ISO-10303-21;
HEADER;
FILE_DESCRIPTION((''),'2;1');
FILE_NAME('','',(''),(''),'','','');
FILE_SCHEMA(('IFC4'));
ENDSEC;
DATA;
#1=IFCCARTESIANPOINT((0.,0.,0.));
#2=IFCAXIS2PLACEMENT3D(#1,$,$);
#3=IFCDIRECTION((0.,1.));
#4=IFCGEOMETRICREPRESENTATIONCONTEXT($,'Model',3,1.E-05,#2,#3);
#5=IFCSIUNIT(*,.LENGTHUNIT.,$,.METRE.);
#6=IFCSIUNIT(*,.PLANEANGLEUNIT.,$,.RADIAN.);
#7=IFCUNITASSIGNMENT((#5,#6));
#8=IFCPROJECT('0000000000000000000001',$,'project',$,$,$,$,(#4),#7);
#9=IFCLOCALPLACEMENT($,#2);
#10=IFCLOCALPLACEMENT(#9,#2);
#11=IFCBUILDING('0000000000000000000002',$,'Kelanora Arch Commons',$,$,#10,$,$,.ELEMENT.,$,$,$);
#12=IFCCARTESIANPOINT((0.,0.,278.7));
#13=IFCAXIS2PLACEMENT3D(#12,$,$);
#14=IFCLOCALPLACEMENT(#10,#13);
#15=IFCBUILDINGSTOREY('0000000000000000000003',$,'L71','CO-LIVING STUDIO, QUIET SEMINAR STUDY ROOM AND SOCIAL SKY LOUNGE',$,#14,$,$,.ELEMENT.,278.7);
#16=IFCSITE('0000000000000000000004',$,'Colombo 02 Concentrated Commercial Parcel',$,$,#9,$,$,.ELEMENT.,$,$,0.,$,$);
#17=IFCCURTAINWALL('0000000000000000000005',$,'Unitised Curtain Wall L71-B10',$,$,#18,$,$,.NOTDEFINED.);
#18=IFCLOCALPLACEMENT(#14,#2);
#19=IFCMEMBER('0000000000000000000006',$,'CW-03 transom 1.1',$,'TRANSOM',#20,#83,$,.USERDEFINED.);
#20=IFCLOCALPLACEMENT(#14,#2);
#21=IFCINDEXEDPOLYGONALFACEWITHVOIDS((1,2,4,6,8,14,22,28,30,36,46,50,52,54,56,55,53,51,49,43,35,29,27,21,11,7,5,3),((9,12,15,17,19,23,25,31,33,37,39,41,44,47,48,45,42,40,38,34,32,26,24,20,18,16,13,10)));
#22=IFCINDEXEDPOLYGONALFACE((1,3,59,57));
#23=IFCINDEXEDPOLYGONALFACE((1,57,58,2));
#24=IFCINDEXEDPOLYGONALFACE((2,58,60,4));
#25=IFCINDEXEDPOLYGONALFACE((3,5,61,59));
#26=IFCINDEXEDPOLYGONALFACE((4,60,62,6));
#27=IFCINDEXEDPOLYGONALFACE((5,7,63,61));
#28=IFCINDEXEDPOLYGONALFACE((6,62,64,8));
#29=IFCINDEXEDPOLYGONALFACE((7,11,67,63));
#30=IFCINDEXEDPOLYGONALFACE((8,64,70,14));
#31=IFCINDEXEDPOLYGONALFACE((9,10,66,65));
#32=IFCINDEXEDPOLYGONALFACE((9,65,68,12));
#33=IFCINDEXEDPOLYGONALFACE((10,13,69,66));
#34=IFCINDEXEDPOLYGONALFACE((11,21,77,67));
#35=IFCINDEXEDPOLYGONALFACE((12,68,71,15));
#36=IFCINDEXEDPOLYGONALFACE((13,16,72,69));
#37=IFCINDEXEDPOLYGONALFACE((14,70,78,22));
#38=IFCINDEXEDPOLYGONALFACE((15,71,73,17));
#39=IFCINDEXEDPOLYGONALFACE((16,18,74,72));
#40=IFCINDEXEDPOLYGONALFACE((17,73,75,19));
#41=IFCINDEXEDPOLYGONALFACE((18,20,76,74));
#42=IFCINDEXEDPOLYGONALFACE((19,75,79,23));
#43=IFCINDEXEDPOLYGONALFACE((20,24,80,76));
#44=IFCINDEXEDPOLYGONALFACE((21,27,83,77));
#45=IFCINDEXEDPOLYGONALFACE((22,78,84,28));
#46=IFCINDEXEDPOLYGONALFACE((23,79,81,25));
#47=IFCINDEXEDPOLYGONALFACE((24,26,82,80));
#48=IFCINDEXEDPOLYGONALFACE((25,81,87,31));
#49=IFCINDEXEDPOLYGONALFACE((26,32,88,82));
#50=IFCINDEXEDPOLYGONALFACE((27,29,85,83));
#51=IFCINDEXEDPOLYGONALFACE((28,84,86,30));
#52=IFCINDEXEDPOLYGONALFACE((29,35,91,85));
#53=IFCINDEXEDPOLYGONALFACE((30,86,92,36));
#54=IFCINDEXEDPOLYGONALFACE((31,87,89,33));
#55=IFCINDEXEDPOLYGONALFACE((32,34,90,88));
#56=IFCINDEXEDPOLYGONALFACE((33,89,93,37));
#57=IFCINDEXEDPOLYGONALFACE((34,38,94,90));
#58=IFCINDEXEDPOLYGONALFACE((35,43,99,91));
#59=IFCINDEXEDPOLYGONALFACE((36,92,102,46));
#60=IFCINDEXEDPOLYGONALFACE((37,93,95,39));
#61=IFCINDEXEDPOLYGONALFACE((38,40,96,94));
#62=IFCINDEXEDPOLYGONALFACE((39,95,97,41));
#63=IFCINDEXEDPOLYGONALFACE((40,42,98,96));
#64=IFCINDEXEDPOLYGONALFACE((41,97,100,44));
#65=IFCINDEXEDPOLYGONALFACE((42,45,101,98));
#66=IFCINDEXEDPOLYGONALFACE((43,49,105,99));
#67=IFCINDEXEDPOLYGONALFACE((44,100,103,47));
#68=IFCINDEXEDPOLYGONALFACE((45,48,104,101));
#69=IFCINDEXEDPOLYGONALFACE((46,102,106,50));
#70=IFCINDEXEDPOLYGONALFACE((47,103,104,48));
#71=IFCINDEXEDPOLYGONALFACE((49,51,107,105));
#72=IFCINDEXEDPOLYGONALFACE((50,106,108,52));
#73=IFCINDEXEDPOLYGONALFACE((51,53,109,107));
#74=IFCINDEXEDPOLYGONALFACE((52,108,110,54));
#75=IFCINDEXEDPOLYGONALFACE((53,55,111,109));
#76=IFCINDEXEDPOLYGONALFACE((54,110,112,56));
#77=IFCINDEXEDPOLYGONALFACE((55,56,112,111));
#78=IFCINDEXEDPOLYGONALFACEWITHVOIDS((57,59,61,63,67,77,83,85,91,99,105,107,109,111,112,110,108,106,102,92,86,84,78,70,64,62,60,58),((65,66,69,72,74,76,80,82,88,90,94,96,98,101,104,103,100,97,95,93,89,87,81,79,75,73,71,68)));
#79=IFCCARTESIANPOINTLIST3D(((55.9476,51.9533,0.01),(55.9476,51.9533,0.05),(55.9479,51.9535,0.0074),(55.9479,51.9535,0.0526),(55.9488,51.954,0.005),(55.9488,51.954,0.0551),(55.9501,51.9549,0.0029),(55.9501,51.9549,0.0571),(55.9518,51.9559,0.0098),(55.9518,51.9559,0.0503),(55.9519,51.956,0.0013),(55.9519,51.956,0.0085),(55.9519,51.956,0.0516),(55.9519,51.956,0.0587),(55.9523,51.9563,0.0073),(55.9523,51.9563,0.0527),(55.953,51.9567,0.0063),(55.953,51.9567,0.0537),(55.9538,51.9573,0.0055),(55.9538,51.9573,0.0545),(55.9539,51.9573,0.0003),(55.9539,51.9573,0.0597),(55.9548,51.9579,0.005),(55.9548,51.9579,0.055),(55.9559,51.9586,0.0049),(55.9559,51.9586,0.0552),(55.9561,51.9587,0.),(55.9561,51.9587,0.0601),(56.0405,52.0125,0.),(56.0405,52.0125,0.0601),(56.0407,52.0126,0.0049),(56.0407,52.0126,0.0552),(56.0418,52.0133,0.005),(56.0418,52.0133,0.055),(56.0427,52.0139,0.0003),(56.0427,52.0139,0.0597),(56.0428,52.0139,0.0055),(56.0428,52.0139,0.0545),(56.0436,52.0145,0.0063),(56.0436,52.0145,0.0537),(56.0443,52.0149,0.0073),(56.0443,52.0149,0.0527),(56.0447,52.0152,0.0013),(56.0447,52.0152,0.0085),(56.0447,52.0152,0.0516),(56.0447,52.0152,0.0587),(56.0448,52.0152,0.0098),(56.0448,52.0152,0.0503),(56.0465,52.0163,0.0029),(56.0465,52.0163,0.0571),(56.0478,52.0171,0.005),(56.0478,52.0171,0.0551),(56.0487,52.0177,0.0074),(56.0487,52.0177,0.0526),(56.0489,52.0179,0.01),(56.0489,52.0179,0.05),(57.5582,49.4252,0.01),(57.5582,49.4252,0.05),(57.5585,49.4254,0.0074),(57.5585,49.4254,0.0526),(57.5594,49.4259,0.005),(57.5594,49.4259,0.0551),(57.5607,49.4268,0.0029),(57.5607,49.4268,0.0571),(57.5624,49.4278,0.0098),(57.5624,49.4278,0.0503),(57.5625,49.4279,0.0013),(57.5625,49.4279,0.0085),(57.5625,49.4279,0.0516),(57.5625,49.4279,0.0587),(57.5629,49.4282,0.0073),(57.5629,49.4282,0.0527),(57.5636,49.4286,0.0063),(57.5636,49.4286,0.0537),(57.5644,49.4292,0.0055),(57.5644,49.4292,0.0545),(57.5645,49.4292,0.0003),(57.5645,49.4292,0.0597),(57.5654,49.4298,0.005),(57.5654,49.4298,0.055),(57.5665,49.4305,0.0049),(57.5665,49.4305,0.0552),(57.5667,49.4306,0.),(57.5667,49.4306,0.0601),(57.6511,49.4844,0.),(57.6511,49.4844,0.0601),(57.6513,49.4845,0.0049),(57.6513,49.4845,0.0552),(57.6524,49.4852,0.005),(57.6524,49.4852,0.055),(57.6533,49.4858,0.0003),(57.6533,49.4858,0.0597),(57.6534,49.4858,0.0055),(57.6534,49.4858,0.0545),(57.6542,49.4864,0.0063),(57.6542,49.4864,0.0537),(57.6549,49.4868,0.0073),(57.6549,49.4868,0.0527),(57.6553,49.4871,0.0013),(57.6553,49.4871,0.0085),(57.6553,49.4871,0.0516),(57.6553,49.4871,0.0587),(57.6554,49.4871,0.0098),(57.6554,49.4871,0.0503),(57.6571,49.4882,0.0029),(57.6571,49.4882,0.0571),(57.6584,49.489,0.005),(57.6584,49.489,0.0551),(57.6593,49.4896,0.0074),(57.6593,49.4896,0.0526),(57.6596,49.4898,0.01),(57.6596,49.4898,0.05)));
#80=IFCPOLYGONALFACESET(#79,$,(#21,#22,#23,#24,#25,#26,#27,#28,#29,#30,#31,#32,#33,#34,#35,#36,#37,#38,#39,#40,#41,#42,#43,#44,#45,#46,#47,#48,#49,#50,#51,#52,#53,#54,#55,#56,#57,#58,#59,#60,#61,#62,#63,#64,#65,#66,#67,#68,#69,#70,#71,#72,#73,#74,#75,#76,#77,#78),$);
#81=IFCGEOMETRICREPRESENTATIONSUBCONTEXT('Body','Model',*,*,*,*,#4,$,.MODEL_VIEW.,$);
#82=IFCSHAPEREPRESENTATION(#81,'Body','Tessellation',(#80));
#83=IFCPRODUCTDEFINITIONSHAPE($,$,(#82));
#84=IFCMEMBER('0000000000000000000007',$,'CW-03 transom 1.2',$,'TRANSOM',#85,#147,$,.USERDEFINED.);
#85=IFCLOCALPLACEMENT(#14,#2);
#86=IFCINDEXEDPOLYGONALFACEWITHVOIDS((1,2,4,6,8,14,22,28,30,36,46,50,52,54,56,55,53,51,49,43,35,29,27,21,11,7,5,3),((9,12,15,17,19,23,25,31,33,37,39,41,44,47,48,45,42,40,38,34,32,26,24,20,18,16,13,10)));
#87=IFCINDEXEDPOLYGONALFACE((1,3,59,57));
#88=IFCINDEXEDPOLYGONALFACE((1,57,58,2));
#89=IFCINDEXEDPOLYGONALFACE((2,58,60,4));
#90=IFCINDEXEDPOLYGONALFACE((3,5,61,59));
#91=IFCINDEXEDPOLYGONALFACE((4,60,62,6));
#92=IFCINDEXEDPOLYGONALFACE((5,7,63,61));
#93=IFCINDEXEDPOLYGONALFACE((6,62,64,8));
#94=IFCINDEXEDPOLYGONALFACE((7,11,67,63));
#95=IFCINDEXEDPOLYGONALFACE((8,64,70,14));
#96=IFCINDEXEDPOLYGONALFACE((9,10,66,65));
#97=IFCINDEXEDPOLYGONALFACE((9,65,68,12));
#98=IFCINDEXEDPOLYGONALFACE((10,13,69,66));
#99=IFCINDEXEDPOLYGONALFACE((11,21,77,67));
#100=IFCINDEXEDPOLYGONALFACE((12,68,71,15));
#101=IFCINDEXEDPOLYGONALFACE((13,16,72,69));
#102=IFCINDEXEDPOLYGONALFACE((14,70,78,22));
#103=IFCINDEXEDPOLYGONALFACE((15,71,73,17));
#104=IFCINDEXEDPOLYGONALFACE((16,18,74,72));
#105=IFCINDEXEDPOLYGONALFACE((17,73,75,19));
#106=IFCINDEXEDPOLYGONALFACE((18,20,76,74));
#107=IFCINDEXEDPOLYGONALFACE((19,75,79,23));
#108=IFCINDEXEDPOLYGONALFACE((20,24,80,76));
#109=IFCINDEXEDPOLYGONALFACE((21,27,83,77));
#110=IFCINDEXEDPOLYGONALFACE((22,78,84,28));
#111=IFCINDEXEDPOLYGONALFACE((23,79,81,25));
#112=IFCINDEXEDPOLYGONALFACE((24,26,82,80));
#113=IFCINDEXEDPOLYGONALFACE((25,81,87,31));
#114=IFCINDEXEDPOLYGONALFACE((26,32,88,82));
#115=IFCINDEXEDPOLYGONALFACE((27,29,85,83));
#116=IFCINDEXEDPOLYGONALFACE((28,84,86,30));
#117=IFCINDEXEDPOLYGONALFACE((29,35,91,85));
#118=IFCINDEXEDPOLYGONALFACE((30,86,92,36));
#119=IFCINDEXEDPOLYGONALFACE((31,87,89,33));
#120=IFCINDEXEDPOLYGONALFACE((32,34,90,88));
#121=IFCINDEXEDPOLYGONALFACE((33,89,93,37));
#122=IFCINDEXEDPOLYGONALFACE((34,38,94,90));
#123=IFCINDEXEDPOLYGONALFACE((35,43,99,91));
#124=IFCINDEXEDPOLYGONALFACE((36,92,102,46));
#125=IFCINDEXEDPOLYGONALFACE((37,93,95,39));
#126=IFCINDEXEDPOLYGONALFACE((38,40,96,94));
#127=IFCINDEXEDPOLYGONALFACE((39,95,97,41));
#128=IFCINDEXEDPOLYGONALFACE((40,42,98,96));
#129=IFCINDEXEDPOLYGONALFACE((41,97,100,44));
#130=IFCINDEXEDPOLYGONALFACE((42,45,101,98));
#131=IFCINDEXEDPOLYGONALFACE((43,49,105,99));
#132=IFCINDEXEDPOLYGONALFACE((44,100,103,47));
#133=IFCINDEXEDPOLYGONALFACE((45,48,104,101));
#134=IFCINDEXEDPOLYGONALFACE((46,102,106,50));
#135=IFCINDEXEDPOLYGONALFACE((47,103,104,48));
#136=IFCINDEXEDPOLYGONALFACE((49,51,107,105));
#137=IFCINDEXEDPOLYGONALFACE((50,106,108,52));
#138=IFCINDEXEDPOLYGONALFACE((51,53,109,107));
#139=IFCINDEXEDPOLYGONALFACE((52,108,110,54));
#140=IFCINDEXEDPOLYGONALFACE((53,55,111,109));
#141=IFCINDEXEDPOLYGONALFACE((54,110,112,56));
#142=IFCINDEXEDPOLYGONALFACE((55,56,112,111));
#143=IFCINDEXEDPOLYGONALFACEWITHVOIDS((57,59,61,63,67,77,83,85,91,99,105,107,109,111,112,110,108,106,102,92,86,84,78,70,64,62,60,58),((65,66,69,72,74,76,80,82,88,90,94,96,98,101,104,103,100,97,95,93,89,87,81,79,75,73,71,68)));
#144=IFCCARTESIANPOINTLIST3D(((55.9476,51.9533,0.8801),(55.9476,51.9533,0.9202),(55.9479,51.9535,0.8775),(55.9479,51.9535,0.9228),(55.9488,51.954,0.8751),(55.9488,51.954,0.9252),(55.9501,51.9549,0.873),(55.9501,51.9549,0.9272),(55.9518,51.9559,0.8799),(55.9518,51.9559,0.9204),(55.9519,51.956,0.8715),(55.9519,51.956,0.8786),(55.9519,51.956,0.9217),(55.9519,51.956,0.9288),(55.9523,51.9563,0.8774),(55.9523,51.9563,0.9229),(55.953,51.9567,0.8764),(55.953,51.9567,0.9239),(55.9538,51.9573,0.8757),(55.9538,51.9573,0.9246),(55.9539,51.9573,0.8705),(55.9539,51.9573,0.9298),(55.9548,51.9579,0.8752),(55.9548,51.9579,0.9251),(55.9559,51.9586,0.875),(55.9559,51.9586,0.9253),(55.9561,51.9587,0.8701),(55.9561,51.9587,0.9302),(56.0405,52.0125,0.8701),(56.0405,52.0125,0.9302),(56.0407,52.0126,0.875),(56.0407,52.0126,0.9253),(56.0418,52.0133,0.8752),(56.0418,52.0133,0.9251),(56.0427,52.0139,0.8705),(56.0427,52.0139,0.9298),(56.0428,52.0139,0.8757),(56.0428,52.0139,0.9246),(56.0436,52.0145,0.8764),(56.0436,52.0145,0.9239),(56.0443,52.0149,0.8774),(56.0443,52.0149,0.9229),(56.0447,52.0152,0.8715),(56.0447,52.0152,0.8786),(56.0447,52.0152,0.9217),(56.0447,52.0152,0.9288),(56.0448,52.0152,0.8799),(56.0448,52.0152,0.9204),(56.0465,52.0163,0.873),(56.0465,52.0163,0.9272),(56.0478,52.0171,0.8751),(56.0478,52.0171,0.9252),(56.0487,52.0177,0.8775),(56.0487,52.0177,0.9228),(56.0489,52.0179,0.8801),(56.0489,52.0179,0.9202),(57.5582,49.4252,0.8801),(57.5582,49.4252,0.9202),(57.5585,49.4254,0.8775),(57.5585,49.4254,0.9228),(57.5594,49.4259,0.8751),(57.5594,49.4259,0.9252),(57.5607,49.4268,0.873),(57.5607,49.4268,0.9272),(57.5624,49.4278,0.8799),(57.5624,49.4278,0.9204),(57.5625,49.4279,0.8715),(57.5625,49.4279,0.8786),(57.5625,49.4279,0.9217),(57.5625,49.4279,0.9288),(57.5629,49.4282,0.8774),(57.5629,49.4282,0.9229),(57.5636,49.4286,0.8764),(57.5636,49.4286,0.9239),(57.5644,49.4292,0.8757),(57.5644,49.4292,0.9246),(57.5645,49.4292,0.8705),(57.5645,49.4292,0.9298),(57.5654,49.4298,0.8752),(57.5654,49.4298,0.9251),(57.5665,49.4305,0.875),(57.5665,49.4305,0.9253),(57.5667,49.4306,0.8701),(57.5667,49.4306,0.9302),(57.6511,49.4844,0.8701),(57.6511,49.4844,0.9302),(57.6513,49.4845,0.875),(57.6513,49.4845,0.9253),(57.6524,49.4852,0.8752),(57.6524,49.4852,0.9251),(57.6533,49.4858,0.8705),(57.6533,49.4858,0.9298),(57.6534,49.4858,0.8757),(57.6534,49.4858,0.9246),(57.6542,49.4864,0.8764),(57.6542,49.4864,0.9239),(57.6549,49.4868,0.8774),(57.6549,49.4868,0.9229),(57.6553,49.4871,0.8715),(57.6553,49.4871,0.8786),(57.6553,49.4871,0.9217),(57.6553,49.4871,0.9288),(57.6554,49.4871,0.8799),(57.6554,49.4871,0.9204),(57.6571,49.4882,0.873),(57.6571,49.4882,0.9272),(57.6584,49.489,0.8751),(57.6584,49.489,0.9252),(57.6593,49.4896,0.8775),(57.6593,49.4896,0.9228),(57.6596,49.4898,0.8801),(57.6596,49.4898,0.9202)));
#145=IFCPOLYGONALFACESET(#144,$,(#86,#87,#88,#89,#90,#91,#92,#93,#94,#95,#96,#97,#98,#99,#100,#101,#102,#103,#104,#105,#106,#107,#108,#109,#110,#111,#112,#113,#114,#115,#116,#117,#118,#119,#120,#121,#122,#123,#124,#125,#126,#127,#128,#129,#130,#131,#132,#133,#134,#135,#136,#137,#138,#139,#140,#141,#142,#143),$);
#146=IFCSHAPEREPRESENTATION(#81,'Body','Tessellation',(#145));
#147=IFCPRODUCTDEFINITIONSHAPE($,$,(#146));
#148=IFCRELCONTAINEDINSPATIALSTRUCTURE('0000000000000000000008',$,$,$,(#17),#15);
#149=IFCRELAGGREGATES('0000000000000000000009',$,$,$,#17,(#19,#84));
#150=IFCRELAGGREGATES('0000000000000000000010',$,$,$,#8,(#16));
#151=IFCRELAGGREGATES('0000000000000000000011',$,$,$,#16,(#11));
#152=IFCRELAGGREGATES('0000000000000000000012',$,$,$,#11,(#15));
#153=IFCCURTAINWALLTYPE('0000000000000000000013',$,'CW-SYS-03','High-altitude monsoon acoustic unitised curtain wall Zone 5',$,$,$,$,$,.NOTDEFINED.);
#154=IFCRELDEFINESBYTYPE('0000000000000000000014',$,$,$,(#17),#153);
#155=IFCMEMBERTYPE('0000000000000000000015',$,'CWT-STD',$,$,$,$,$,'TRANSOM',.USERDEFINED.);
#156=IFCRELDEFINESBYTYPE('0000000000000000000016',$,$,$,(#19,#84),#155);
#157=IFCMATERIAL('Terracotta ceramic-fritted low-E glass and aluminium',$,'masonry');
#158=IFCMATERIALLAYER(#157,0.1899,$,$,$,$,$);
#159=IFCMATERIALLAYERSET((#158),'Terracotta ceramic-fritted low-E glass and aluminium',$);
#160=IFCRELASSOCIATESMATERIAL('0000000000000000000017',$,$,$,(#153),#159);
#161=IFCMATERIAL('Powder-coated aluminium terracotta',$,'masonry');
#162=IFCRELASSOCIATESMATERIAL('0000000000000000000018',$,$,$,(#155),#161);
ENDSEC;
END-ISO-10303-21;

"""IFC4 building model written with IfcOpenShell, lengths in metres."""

from ifc_helpers import new_model, si_unit, direction, frame, origin, origin_2d, place, context, subcontext, project, spatial, hollow_rectangle, extrude, material, layer, layer_set, material_profile, profile_set, type_object, element, aggregate, save


model = new_model("IFC4")

# Units and contexts
model_context = context("Model", 3, precision=1e-05, world=origin(), true_north=direction((0.0, 1.0)))
body_context = subcontext(model_context, "Body", "Model", "MODEL_VIEW")
ifc_project = project(units=[si_unit("LENGTHUNIT", "METRE"), si_unit("PLANEANGLEUNIT", "RADIAN")], contexts=[model_context])

# Site, building, storey
site_placement = place(None, origin())
site = spatial("IfcSite", under=ifc_project, at=site_placement, Name="Colombo 02 Concentrated Commercial Parcel", CompositionType="ELEMENT", RefElevation=0.0)
building_placement = place(site_placement, origin())
building = spatial("IfcBuilding", under=site, at=building_placement, Name="Kelanora Arch Commons", CompositionType="ELEMENT")
storey_placement = place(building_placement, frame((0.0, 0.0, 278.7)))
storey = spatial("IfcBuildingStorey", under=building, at=storey_placement, Name="L71", Description="CO-LIVING STUDIO, QUIET SEMINAR STUDY ROOM AND SOCIAL SKY LOUNGE", CompositionType="ELEMENT", Elevation=278.7)

# Curtain wall, members
ifc_material_1 = material(Name="Terracotta ceramic-fritted low-E glass and aluminium", Category="masonry")
ifc_layer_1 = layer(ifc_material_1, 0.1899)
ifc_layer_set_1 = layer_set([ifc_layer_1], Name="Terracotta ceramic-fritted low-E glass and aluminium")
curtain_wall_type = type_object("IfcCurtainWallType", Name="CW-SYS-03", Description="High-altitude monsoon acoustic unitised curtain wall Zone 5", PredefinedType="NOTDEFINED", material=ifc_layer_set_1)
curtain_wall_placement = place(storey_placement, origin())
curtain_wall = element("IfcCurtainWall", 1, at=curtain_wall_placement, inside=storey, type_object=curtain_wall_type, Name="Unitised Curtain Wall L71-B10", PredefinedType="NOTDEFINED")
ifc_material_2 = material(Name="Powder-coated aluminium terracotta", Category="masonry")
ifc_material_profile_1 = material_profile(ifc_material_2, hollow_rectangle(XDim=0.1201, YDim=0.0601, WallThickness=0.0049, InnerFilletRadius=0.0049, OuterFilletRadius=0.01, at=origin_2d()), Name="CWT120x60")
ifc_profile_set_1 = profile_set([ifc_material_profile_1], Name="Powder-coated aluminium terracotta")
member_type_1 = type_object("IfcMemberType", Name="CWT-STD", ElementType="TRANSOM", PredefinedType="USERDEFINED", material=ifc_profile_set_1)
member_1_placement = place(storey_placement, frame((55.9983, 51.9856, 0.03), z_axis=(0.537308, -0.843386, 0.0), x_axis=(0.843386, 0.537308, 0.0)))
member_1 = element("IfcMember", 2, at=member_1_placement, type_object=member_type_1, Name="CW-03 transom 1.1", ObjectType="TRANSOM", PredefinedType="USERDEFINED", context=body_context, shape_type="SweptSolid", body=[
    extrude(hollow_rectangle(XDim=0.1201, YDim=0.0601, WallThickness=0.0049, InnerFilletRadius=0.0049, OuterFilletRadius=0.01, at=origin_2d()), origin(), (0.0, 0.0, 1.0), 2.9976),
])
member_2_placement = place(storey_placement, frame((55.9983, 51.9856, 0.9001), z_axis=(0.537308, -0.843386, 0.0), x_axis=(0.843386, 0.537308, 0.0)))
member_2 = element("IfcMember", 3, at=member_2_placement, type_object=member_type_1, Name="CW-03 transom 1.2", ObjectType="TRANSOM", PredefinedType="USERDEFINED", context=body_context, shape_type="SweptSolid", body=[
    extrude(hollow_rectangle(XDim=0.1201, YDim=0.0601, WallThickness=0.0049, InnerFilletRadius=0.0049, OuterFilletRadius=0.01, at=origin_2d()), origin(), (0.0, 0.0, 1.0), 2.9976),
])

aggregate(curtain_wall, [member_1, member_2])

save(model, "model.ifc")
